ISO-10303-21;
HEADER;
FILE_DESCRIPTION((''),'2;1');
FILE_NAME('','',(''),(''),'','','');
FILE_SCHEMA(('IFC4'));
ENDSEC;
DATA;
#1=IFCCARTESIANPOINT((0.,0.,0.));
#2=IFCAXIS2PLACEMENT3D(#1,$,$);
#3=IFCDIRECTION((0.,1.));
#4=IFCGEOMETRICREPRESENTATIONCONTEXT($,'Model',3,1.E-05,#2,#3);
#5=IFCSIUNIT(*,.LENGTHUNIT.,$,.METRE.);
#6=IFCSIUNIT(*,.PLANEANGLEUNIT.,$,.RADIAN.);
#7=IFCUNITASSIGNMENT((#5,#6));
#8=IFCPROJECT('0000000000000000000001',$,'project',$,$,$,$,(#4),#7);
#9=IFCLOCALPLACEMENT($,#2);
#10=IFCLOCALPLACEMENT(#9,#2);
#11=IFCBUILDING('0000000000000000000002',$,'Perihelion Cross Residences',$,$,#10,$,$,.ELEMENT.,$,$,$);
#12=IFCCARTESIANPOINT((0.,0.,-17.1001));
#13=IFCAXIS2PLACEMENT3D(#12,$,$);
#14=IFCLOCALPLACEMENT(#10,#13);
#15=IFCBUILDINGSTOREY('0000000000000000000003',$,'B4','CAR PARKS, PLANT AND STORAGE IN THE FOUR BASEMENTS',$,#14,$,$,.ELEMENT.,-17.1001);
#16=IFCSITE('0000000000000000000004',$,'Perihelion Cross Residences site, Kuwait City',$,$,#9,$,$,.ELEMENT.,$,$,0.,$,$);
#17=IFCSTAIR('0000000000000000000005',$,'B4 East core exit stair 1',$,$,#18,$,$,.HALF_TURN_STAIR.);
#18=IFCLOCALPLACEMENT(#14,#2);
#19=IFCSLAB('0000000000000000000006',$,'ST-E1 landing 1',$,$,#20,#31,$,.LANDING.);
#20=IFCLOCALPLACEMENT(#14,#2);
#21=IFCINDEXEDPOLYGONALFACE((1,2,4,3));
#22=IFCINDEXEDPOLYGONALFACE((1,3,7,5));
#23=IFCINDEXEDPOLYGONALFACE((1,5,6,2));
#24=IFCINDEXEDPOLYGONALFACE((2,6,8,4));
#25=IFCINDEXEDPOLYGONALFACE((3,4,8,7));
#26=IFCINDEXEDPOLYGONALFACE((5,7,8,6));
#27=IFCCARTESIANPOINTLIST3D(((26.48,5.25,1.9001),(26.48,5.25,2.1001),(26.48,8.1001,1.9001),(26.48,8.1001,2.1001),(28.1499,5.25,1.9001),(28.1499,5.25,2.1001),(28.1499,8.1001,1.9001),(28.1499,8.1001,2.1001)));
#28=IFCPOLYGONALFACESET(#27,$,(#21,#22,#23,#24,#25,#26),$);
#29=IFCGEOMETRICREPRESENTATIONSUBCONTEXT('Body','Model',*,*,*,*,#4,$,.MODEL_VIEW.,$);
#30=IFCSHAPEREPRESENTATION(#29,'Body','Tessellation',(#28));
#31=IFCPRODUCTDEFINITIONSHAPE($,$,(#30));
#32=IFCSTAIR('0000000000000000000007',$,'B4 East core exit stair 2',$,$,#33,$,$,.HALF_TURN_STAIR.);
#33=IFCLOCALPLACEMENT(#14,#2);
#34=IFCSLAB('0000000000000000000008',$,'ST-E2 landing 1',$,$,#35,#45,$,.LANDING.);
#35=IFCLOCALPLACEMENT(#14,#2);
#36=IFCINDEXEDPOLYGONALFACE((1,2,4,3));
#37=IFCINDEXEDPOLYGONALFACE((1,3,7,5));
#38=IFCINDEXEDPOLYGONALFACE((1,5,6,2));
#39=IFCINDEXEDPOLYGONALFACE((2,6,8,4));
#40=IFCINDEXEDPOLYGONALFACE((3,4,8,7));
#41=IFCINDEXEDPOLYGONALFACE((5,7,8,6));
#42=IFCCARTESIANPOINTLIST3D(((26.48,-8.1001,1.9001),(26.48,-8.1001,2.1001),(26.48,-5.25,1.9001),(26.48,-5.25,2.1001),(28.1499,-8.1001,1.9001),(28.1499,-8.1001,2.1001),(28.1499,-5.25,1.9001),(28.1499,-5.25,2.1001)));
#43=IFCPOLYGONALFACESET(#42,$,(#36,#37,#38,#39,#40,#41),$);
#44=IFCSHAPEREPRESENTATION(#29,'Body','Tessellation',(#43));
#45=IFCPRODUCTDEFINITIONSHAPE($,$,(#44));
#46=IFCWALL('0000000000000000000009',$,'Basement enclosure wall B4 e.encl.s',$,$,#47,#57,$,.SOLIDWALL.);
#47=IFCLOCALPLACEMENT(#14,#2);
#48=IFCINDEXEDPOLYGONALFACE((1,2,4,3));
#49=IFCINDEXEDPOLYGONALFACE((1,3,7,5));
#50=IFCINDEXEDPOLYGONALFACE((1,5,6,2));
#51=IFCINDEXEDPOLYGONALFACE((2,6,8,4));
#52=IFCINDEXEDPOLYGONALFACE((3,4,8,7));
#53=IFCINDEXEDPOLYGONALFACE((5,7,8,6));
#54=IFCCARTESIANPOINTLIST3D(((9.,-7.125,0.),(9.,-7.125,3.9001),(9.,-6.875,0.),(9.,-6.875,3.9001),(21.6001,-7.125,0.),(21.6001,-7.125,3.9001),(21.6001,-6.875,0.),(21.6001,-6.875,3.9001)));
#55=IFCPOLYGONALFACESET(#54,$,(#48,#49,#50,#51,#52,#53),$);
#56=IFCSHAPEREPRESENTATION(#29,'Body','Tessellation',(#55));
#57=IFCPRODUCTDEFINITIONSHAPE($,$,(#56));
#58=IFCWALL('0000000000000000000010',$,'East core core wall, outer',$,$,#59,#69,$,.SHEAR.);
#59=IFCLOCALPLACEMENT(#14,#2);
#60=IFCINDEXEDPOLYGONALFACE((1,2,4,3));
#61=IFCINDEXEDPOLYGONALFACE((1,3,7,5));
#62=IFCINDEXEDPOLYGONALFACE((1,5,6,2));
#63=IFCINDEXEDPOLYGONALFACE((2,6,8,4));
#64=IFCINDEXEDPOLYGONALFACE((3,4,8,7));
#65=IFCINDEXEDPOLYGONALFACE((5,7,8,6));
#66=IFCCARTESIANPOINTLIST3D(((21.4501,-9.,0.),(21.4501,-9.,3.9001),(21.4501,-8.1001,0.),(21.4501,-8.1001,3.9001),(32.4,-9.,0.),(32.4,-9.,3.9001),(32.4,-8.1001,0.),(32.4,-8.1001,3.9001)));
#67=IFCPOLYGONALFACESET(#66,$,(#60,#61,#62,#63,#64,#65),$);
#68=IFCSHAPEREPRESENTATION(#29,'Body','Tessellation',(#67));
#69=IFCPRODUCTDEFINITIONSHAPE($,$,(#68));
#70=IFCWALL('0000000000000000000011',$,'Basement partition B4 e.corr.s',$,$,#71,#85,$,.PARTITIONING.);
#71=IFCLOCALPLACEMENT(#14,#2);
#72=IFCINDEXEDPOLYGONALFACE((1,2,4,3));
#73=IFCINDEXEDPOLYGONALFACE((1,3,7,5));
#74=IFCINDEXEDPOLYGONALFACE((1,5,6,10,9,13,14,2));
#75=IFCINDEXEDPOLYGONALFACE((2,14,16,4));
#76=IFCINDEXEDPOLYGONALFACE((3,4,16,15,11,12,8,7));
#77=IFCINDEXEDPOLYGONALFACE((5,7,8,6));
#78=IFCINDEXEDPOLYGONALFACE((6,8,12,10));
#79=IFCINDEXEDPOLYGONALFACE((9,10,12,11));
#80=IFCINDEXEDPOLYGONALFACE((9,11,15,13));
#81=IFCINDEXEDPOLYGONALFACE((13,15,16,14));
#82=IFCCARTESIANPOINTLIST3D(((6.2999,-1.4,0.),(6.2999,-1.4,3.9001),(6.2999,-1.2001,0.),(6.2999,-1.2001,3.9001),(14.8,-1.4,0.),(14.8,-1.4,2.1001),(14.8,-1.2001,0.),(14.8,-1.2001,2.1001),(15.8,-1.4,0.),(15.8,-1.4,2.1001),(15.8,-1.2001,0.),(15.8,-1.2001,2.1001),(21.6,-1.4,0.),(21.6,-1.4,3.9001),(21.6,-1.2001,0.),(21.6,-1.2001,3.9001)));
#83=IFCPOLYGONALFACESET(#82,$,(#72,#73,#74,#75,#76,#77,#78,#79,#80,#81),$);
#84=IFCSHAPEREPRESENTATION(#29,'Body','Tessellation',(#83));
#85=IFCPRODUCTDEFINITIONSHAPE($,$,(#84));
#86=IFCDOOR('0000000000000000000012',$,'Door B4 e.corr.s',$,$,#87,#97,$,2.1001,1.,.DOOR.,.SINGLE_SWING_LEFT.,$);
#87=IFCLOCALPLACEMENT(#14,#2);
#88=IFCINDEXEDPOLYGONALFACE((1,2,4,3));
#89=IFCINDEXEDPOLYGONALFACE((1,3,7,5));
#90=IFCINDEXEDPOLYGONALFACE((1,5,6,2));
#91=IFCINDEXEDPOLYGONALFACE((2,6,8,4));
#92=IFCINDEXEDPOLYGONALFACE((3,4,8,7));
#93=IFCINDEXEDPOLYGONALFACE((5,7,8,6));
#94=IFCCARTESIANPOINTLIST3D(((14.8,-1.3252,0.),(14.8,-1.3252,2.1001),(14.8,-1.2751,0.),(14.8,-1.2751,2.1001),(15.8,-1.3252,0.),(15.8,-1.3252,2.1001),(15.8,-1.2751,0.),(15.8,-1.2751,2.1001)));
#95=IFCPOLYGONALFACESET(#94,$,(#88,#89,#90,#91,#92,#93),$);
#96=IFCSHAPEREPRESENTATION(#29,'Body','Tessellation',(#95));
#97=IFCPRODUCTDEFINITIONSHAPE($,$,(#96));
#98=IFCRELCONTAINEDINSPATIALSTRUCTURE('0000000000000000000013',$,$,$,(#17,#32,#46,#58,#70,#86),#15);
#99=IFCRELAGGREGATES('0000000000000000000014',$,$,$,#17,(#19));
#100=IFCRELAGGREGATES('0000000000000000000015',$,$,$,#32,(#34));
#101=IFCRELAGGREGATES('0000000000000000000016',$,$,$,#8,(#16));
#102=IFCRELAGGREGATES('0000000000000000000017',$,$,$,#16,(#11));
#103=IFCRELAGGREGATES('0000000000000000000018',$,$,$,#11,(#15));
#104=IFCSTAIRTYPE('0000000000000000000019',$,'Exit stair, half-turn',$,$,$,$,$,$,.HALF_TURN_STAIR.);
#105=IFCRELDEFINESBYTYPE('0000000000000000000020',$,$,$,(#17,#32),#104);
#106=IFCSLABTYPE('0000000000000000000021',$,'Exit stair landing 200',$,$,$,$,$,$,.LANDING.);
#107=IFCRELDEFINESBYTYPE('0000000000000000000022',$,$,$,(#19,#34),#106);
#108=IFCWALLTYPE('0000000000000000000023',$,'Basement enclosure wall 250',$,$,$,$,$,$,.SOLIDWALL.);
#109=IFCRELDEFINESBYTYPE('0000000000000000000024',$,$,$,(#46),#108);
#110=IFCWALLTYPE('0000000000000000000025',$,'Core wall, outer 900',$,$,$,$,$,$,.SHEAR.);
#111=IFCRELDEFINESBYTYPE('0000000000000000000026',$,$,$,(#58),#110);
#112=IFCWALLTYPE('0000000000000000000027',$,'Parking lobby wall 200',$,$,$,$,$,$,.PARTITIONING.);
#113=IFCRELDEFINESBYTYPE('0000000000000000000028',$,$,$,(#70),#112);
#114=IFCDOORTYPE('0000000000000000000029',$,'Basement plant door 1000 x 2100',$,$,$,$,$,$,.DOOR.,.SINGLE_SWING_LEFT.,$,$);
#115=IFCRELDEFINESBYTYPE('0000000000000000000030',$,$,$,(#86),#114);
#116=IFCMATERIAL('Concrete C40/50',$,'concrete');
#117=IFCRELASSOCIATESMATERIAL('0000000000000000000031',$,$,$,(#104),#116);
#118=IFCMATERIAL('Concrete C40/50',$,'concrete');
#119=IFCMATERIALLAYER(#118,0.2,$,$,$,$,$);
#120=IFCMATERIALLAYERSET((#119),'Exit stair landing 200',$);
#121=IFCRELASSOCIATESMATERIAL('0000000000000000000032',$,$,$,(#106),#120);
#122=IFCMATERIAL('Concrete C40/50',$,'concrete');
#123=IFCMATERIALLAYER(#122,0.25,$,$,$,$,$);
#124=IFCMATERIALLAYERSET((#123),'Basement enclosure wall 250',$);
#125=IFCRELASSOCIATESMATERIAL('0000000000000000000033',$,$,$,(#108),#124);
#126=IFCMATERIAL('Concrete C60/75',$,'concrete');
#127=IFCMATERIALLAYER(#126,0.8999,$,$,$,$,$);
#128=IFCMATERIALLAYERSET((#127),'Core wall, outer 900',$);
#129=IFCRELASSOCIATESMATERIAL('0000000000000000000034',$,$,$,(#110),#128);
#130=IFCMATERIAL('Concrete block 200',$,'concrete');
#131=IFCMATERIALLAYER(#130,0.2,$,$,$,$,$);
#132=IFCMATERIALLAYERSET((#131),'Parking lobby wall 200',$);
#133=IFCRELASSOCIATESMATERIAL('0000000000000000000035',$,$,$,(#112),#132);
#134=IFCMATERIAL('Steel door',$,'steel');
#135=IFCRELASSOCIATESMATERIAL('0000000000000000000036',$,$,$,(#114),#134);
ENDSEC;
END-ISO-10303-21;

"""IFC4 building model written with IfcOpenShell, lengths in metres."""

from ifc_helpers import new_model, si_unit, direction, frame, frame_2d, origin, place, context, subcontext, project, spatial, polyline, rectangle, outline, extrude, material, layer, layer_set, type_object, element, fill, aggregate, save


model = new_model("IFC4")

# Units and contexts
model_context = context("Model", 3, precision=1e-05, world=origin(), true_north=direction((0.0, 1.0)))
body_context = subcontext(model_context, "Body", "Model", "MODEL_VIEW")
ifc_project = project(units=[si_unit("LENGTHUNIT", "METRE"), si_unit("PLANEANGLEUNIT", "RADIAN")], contexts=[model_context])

# Site, building, storey
site_placement = place(None, origin())
site = spatial("IfcSite", under=ifc_project, at=site_placement, Name="Perihelion Cross Residences site, Kuwait City", CompositionType="ELEMENT", RefElevation=0.0)
building_placement = place(site_placement, origin())
building = spatial("IfcBuilding", under=site, at=building_placement, Name="Perihelion Cross Residences", CompositionType="ELEMENT")
storey_placement = place(building_placement, frame((0.0, 0.0, -17.1001)))
storey = spatial("IfcBuildingStorey", under=building, at=storey_placement, Name="B4", Description="CAR PARKS, PLANT AND STORAGE IN THE FOUR BASEMENTS", CompositionType="ELEMENT", Elevation=-17.1001)

# Stairs, slabs
ifc_material_1 = material(Name="Concrete C40/50", Category="concrete")
stair_type = type_object("IfcStairType", Name="Exit stair, half-turn", PredefinedType="HALF_TURN_STAIR", material=ifc_material_1)
stair_1_placement = place(storey_placement, origin())
stair_1 = element("IfcStair", 1, at=stair_1_placement, inside=storey, type_object=stair_type, Name="B4 East core exit stair 1", PredefinedType="HALF_TURN_STAIR")
ifc_material_2 = material(Name="Concrete C40/50", Category="concrete")
ifc_layer_1 = layer(ifc_material_2, 0.2)
ifc_layer_set_1 = layer_set([ifc_layer_1], Name="Exit stair landing 200")
slab_type_1 = type_object("IfcSlabType", Name="Exit stair landing 200", PredefinedType="LANDING", material=ifc_layer_set_1)
slab_1_placement = place(storey_placement, frame((0.0, 0.0, 1.9001)))
slab_1 = element("IfcSlab", 2, at=slab_1_placement, type_object=slab_type_1, Name="ST-E1 landing 1", PredefinedType="LANDING", context=body_context, shape_type="SweptSolid", body=[
    extrude(outline(polyline([(26.48, 5.25), (28.1499, 5.25), (28.1499, 8.1001), (26.48, 8.1001), (26.48, 5.25)])), origin(), (0.0, 0.0, 1.0), 0.2),
])
aggregate(stair_1, [slab_1])
stair_2_placement = place(storey_placement, origin())
stair_2 = element("IfcStair", 3, at=stair_2_placement, inside=storey, type_object=stair_type, Name="B4 East core exit stair 2", PredefinedType="HALF_TURN_STAIR")
slab_2_placement = place(storey_placement, frame((0.0, 0.0, 1.9001)))
slab_2 = element("IfcSlab", 4, at=slab_2_placement, type_object=slab_type_1, Name="ST-E2 landing 1", PredefinedType="LANDING", context=body_context, shape_type="SweptSolid", body=[
    extrude(outline(polyline([(26.48, -8.1001), (28.1499, -8.1001), (28.1499, -5.25), (26.48, -5.25), (26.48, -8.1001)])), origin(), (0.0, 0.0, 1.0), 0.2),
])
aggregate(stair_2, [slab_2])

# Walls
ifc_material_3 = material(Name="Concrete C40/50", Category="concrete")
ifc_layer_2 = layer(ifc_material_3, 0.25)
ifc_layer_set_2 = layer_set([ifc_layer_2], Name="Basement enclosure wall 250")
wall_type_1 = type_object("IfcWallType", Name="Basement enclosure wall 250", PredefinedType="SOLIDWALL", material=ifc_layer_set_2)
wall_1_placement = place(storey_placement, frame((9.0, -7.0, 0.0), z_axis=(0.0, 0.0, 1.0), x_axis=(1.0, 0.0, 0.0)))
element("IfcWall", 5, at=wall_1_placement, inside=storey, type_object=wall_type_1, Name="Basement enclosure wall B4 e.encl.s", PredefinedType="SOLIDWALL", context=body_context, shape_type="SweptSolid", body=[
    extrude(rectangle(XDim=12.6001, YDim=0.25, at=frame_2d((6.3, 0.0))), origin(), (0.0, 0.0, 1.0), 3.9001),
])
ifc_material_4 = material(Name="Concrete C60/75", Category="concrete")
ifc_layer_3 = layer(ifc_material_4, 0.8999)
ifc_layer_set_3 = layer_set([ifc_layer_3], Name="Core wall, outer 900")
wall_type_2 = type_object("IfcWallType", Name="Core wall, outer 900", PredefinedType="SHEAR", material=ifc_layer_set_3)
wall_2_placement = place(storey_placement, frame((21.45, -8.55, 0.0), z_axis=(0.0, 0.0, 1.0), x_axis=(1.0, 0.0, 0.0)))
element("IfcWall", 6, at=wall_2_placement, inside=storey, type_object=wall_type_2, Name="East core core wall, outer", PredefinedType="SHEAR", context=body_context, shape_type="SweptSolid", body=[
    extrude(rectangle(XDim=10.95, YDim=0.8999, at=frame_2d((5.4751, 0.0))), origin(), (0.0, 0.0, 1.0), 3.9001),
])

# Wall, opening, door
ifc_material_5 = material(Name="Concrete block 200", Category="concrete")
ifc_layer_4 = layer(ifc_material_5, 0.2)
ifc_layer_set_4 = layer_set([ifc_layer_4], Name="Parking lobby wall 200")
wall_type_3 = type_object("IfcWallType", Name="Parking lobby wall 200", PredefinedType="PARTITIONING", material=ifc_layer_set_4)
wall_3_placement = place(storey_placement, frame((6.3, -1.3, 0.0), z_axis=(0.0, 0.0, 1.0), x_axis=(1.0, 0.0, 0.0)))
wall_3 = element("IfcWall", 7, at=wall_3_placement, inside=storey, type_object=wall_type_3, Name="Basement partition B4 e.corr.s", PredefinedType="PARTITIONING", context=body_context, shape_type="SweptSolid", body=[
    extrude(rectangle(XDim=15.3, YDim=0.2, at=frame_2d((7.6499, 0.0))), origin(), (0.0, 0.0, 1.0), 3.9001),
])
opening_placement = place(wall_3_placement, frame((8.5, 0.0, 0.0)))
opening = element("IfcOpeningElement", 8, at=opening_placement, cuts=wall_3, PredefinedType="OPENING", context=body_context, shape_type="SweptSolid", body=[
    extrude(rectangle(XDim=1.0, YDim=2.1001, at=frame_2d((0.5, 1.05))), frame((0.0, 0.1099, 0.0), z_axis=(0.0, -1.0, 0.0), x_axis=(1.0, 0.0, 0.0)), (0.0, 0.0, 1.0), 0.22),
])
ifc_material_6 = material(Name="Steel door", Category="steel")
door_type = type_object("IfcDoorType", Name="Basement plant door 1000 x 2100", OperationType="SINGLE_SWING_LEFT", PredefinedType="DOOR", material=ifc_material_6)
door_placement = place(opening_placement, origin())
door = element("IfcDoor", 9, at=door_placement, inside=storey, type_object=door_type, Name="Door B4 e.corr.s", OperationType="SINGLE_SWING_LEFT", OverallHeight=2.1001, OverallWidth=1.0, PredefinedType="DOOR", context=body_context, shape_type="SweptSolid", body=[
    extrude(rectangle(XDim=1.0, YDim=2.1001, at=frame_2d((0.5, 1.05))), frame((0.0, 0.0249, 0.0), z_axis=(0.0, -1.0, 0.0), x_axis=(1.0, 0.0, 0.0)), (0.0, 0.0, 1.0), 0.05),
])
fill(opening, door)

save(model, "model.ifc")
